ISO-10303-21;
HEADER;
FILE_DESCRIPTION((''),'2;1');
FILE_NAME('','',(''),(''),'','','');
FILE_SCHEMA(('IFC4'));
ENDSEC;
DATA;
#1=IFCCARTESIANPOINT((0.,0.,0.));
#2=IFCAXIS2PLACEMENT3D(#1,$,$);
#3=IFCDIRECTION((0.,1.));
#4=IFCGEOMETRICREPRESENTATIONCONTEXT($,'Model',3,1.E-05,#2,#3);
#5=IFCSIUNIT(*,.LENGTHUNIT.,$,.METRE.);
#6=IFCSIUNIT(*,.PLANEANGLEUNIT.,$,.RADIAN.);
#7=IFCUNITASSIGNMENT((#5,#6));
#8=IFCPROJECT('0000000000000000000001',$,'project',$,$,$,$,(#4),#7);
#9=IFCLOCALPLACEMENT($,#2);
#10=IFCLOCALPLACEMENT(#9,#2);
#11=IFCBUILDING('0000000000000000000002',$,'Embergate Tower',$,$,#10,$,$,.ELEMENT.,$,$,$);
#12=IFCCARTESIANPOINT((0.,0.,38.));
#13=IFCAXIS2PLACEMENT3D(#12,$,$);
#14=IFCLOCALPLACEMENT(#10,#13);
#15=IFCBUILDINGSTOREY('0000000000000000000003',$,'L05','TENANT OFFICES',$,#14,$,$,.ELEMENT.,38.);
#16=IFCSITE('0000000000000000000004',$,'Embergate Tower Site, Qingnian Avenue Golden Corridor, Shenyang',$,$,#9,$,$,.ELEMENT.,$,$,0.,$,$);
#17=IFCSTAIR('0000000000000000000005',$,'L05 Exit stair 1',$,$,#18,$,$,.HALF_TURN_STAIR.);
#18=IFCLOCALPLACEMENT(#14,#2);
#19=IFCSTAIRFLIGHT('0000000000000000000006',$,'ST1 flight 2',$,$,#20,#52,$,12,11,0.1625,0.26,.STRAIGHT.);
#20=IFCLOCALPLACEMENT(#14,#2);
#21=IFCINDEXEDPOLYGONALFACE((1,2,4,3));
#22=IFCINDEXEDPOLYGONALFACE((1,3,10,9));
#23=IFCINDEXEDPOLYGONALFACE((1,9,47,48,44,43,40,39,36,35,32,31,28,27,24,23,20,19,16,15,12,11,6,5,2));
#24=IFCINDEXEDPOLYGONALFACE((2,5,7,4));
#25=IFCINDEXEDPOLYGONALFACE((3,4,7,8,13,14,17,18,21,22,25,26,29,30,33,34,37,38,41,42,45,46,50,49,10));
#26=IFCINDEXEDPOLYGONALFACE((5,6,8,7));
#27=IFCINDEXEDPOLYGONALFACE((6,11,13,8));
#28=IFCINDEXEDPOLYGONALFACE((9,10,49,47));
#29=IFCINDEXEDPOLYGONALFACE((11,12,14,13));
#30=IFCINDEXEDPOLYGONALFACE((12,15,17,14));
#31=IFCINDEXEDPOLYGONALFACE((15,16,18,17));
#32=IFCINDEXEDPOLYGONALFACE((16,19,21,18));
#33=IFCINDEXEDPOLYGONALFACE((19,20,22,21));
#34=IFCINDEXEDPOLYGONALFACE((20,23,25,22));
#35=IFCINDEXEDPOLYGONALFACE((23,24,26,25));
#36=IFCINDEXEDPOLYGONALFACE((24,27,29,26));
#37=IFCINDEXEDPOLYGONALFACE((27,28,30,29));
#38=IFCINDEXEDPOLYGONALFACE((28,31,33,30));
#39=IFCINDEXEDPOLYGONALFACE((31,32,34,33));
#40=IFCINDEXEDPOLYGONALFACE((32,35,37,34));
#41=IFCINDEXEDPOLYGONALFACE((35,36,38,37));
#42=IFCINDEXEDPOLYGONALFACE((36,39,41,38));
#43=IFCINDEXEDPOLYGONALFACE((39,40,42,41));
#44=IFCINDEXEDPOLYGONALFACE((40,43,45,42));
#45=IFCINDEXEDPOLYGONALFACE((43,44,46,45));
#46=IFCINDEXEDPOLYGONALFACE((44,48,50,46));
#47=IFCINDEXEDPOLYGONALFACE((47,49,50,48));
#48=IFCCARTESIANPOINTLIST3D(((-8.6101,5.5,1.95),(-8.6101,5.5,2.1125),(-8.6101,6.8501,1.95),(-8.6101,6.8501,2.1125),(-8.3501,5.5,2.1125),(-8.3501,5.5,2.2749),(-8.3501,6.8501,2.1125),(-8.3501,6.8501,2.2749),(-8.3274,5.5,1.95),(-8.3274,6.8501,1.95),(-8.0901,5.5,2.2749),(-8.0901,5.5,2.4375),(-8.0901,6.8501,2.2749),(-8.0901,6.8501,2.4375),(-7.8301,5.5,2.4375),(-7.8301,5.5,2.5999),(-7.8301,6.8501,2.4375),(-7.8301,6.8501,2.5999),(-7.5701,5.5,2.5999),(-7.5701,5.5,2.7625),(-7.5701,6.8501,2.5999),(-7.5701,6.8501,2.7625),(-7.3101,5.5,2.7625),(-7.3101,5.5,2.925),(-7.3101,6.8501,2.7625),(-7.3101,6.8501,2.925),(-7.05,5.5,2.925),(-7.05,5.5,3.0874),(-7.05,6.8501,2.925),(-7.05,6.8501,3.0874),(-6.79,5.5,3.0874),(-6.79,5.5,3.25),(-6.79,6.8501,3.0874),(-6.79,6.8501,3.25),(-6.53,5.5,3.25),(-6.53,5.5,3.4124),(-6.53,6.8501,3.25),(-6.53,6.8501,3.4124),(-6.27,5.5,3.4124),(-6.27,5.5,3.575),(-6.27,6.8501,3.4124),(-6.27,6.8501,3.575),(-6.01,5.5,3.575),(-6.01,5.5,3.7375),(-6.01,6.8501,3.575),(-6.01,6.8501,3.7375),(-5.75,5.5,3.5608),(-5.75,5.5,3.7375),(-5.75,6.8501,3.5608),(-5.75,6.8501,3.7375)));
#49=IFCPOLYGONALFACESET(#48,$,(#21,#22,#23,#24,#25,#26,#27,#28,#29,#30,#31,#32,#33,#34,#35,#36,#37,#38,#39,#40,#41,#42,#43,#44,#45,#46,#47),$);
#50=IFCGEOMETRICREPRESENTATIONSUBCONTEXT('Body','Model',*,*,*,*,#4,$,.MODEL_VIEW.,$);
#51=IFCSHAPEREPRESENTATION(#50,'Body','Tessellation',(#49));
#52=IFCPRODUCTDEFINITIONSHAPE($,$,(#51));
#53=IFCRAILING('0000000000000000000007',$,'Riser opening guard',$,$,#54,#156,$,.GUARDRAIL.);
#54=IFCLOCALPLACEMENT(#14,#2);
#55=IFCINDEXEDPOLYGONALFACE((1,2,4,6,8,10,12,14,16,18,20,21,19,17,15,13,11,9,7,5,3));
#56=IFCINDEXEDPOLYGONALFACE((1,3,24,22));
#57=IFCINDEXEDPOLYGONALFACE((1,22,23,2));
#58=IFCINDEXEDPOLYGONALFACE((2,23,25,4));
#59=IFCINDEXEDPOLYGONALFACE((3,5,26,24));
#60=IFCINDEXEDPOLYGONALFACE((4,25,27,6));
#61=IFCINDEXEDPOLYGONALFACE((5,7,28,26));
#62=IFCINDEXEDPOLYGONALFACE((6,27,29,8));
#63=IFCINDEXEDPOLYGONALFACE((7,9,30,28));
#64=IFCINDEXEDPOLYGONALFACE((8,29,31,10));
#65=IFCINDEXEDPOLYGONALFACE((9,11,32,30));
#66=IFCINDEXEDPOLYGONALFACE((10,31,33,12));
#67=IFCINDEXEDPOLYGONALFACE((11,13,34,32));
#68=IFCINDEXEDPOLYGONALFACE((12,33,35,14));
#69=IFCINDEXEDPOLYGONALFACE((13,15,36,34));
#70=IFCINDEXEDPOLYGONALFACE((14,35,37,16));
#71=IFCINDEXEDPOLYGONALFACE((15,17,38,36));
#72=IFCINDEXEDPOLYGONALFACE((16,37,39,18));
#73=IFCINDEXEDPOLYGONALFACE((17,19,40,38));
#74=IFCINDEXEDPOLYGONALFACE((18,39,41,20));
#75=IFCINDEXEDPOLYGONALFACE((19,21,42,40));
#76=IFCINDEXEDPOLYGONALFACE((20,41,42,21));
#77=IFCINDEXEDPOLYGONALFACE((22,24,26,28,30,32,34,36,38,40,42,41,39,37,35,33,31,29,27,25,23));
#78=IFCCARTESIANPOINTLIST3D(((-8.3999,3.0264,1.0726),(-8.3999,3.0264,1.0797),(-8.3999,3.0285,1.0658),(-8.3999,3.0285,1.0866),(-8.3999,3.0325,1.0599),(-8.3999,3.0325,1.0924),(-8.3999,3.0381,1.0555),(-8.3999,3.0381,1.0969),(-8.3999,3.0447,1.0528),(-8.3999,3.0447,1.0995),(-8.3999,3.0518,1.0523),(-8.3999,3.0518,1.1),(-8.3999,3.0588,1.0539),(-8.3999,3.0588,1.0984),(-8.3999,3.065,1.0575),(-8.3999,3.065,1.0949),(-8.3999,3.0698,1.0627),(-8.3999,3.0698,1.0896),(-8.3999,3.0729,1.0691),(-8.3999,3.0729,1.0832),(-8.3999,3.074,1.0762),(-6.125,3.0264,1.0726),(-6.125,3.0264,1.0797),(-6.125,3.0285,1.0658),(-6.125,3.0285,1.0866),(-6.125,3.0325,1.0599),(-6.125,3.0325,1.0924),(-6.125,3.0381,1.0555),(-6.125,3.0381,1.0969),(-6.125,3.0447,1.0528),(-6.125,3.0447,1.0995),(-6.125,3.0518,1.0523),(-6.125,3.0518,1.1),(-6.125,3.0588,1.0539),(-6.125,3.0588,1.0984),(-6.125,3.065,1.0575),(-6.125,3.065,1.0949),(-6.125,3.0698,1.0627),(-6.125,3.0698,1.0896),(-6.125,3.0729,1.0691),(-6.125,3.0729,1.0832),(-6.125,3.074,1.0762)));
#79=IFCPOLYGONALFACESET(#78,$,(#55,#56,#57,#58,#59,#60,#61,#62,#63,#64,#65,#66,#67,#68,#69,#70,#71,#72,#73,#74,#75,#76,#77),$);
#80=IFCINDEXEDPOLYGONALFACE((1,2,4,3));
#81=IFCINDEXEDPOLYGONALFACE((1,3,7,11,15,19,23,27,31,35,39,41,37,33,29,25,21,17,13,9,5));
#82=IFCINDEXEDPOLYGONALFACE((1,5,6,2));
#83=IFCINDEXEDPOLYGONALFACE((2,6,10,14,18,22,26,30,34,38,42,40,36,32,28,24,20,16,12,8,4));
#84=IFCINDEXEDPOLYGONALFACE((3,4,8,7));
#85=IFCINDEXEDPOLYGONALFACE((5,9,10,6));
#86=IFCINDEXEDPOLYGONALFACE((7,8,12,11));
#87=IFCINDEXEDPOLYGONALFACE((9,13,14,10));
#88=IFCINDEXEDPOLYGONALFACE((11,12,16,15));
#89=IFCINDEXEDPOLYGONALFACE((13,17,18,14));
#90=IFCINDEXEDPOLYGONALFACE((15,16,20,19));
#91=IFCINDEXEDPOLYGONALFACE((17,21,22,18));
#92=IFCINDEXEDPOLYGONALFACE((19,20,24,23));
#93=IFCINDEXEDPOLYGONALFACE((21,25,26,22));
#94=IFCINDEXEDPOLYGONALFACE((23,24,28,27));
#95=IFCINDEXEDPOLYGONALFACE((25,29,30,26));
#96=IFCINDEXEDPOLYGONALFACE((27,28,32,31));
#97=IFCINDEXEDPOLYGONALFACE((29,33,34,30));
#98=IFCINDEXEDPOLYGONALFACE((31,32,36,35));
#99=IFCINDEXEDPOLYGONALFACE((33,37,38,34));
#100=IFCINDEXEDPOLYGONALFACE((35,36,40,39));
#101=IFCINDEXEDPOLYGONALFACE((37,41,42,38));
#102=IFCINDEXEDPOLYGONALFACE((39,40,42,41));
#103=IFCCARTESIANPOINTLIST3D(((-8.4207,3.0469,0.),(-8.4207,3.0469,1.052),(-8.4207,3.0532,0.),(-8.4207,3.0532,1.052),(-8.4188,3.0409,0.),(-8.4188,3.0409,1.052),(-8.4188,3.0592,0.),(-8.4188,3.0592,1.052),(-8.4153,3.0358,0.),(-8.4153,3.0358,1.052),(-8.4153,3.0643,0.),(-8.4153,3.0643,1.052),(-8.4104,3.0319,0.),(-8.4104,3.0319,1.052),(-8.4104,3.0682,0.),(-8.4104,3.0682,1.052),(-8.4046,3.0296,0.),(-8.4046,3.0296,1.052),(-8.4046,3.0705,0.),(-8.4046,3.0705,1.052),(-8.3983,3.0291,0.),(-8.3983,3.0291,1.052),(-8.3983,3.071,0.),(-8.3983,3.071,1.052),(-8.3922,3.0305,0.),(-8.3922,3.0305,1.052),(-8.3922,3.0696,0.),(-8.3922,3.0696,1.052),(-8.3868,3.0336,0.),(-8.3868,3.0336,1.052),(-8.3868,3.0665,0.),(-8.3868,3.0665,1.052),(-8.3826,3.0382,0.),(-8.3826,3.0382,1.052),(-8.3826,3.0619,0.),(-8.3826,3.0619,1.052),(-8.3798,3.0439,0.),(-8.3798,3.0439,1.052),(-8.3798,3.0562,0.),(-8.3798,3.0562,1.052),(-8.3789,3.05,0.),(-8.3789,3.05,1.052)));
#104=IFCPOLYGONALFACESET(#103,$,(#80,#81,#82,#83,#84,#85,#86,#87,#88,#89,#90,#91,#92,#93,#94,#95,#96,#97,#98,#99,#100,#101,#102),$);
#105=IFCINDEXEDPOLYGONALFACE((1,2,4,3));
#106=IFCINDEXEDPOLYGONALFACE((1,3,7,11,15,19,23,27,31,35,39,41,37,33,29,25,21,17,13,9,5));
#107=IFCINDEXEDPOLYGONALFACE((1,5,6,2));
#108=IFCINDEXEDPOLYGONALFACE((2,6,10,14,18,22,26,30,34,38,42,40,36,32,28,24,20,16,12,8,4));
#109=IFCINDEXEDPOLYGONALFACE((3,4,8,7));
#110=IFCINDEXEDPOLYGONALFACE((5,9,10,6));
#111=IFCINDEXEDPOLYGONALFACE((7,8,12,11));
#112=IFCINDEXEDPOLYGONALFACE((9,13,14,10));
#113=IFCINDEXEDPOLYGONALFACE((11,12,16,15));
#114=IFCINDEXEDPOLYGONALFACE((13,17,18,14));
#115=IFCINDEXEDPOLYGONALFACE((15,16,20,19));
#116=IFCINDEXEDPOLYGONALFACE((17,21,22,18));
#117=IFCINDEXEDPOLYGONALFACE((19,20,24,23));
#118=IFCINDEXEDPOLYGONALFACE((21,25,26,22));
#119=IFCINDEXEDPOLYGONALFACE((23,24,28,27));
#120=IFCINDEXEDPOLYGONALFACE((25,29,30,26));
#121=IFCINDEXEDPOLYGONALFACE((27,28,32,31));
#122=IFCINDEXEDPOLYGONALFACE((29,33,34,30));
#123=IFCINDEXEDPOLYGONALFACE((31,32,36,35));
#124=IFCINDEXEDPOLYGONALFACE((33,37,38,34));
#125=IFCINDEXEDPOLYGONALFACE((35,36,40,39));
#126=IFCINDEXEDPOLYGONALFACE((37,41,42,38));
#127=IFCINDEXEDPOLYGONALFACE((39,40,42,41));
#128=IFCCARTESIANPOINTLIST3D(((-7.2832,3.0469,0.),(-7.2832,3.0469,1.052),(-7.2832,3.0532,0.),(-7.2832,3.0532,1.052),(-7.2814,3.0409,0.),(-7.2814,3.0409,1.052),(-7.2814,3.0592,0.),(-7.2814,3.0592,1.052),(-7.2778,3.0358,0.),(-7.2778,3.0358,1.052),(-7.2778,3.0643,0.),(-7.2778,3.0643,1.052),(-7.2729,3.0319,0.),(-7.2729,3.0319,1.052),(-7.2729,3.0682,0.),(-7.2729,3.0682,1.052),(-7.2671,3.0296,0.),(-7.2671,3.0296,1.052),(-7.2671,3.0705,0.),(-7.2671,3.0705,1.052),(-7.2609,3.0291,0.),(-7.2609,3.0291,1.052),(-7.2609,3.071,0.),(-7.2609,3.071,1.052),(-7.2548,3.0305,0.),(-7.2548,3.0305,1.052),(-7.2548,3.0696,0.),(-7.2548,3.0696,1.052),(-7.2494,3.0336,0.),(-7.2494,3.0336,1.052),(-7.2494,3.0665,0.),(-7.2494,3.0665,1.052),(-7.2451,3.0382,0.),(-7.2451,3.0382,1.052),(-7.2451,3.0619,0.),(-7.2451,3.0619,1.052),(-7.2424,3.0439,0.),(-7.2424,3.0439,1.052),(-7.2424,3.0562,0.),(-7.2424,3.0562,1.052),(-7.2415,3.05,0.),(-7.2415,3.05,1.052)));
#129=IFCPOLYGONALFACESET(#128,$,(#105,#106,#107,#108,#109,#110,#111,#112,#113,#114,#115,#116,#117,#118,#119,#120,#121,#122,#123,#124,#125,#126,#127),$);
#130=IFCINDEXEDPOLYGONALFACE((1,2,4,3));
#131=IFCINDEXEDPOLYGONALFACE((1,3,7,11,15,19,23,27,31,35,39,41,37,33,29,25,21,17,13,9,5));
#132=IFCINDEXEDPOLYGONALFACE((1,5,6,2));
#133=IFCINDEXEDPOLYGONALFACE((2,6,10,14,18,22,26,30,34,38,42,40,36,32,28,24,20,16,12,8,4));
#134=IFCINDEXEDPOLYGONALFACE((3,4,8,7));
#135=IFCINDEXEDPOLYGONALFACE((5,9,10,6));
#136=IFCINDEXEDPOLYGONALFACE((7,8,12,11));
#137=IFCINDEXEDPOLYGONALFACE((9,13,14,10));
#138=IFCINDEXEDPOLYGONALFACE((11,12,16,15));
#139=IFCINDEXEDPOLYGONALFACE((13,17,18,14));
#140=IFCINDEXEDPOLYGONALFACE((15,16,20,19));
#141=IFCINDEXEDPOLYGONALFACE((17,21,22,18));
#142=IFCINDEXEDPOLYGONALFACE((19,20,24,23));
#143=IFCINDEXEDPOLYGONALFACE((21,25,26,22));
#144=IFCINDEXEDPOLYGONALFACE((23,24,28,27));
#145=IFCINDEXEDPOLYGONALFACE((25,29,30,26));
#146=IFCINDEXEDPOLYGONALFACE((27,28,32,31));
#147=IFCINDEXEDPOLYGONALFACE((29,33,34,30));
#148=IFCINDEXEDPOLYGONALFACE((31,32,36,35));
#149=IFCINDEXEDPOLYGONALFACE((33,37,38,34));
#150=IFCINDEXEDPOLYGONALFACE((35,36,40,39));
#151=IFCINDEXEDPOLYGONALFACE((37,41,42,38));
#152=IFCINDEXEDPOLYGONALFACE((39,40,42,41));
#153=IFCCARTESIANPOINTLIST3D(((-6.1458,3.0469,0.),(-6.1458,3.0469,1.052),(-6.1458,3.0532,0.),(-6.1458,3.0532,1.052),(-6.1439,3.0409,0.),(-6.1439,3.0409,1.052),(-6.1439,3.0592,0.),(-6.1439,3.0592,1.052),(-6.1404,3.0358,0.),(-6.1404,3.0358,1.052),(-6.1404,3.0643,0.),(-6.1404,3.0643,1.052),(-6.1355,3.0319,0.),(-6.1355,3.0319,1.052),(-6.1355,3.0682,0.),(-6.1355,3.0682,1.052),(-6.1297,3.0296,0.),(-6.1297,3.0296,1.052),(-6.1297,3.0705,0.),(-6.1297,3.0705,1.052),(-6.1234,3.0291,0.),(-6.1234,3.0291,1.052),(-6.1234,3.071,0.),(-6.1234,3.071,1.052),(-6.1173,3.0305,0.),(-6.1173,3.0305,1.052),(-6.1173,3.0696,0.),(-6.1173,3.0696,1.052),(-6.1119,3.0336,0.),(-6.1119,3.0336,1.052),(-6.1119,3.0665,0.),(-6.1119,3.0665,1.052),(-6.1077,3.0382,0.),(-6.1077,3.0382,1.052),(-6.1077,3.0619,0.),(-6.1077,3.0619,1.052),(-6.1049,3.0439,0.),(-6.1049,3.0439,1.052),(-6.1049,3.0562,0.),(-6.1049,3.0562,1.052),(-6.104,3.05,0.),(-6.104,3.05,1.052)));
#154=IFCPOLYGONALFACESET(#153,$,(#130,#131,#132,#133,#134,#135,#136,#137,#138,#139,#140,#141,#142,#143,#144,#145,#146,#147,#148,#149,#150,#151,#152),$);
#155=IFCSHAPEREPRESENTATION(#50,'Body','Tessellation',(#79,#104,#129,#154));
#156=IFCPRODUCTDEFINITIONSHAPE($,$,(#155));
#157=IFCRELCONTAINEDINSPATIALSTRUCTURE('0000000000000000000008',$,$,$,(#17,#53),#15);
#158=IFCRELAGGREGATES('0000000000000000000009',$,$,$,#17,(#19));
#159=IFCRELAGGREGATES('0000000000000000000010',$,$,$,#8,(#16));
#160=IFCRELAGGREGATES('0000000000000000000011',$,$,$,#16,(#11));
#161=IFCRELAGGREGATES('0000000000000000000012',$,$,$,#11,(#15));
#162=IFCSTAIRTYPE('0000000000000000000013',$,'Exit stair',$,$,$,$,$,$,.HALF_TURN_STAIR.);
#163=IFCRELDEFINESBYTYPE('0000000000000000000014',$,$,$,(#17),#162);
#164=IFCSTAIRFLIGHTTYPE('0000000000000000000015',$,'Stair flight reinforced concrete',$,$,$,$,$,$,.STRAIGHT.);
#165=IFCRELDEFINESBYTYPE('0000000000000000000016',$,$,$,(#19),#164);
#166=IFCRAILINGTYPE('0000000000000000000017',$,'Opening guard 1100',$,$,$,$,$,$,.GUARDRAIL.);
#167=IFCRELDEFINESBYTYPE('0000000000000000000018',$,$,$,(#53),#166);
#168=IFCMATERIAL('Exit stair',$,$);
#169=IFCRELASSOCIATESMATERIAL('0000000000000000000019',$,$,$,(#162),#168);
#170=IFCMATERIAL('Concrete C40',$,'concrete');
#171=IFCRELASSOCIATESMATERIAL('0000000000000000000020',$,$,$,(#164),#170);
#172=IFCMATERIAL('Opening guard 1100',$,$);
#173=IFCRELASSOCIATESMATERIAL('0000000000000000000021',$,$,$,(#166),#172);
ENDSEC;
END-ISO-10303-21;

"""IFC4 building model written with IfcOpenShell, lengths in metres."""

from ifc_helpers import new_model, si_unit, direction, frame, origin, origin_2d, place, context, subcontext, project, spatial, polyline, circle, outline, extrude, source, transform, mapped, material, type_object, element, aggregate, save


model = new_model("IFC4")

# Units and contexts
model_context = context("Model", 3, precision=1e-05, world=origin(), true_north=direction((0.0, 1.0)))
body_context = subcontext(model_context, "Body", "Model", "MODEL_VIEW")
ifc_project = project(units=[si_unit("LENGTHUNIT", "METRE"), si_unit("PLANEANGLEUNIT", "RADIAN")], contexts=[model_context])

# Site, building, storey
site_placement = place(None, origin())
site = spatial("IfcSite", under=ifc_project, at=site_placement, Name="Embergate Tower Site, Qingnian Avenue Golden Corridor, Shenyang", CompositionType="ELEMENT", RefElevation=0.0)
building_placement = place(site_placement, origin())
building = spatial("IfcBuilding", under=site, at=building_placement, Name="Embergate Tower", CompositionType="ELEMENT")
storey_placement = place(building_placement, frame((0.0, 0.0, 38.0)))
storey = spatial("IfcBuildingStorey", under=building, at=storey_placement, Name="L05", Description="TENANT OFFICES", CompositionType="ELEMENT", Elevation=38.0)

# Stair
ifc_material_1 = material(Name="Exit stair")
stair_type = type_object("IfcStairType", Name="Exit stair", PredefinedType="HALF_TURN_STAIR", material=ifc_material_1)
stair_placement = place(storey_placement, origin())
stair = element("IfcStair", 1, at=stair_placement, inside=storey, type_object=stair_type, Name="L05 Exit stair 1", PredefinedType="HALF_TURN_STAIR")
ifc_material_2 = material(Name="Concrete C40", Category="concrete")

# Stair flight
stair_flight_type = type_object("IfcStairFlightType", Name="Stair flight reinforced concrete", PredefinedType="STRAIGHT", material=ifc_material_2)
shared_shape_1 = source(origin(), body_context, "Body", "SweptSolid", [
    extrude(outline(polyline([(0.0, 0.0), (0.0, 0.1626), (0.26, 0.1626), (0.26, 0.325), (0.52, 0.325), (0.52, 0.4875), (0.78, 0.4875), (0.78, 0.6499), (1.04, 0.6499), (1.04, 0.8125), (1.3, 0.8125), (1.3, 0.9751), (1.5601, 0.9751), (1.5601, 1.1375), (1.8201, 1.1375), (1.8201, 1.3), (2.0801, 1.3), (2.0801, 1.4624), (2.3401, 1.4624), (2.3401, 1.625), (2.6001, 1.625), (2.6001, 1.7876), (2.8601, 1.7876), (2.8601, 1.95), (2.8601, 1.6108), (0.2827, 0.0), (0.0, 0.0)])), frame((0.0, 0.675, 0.0), z_axis=(0.0, -1.0, 0.0), x_axis=(1.0, 0.0, 0.0)), (0.0, 0.0, 1.0), 1.3501),
])
stair_flight_placement = place(storey_placement, frame((-8.6101, 6.175, 1.95), z_axis=(0.0, 0.0, 1.0), x_axis=(1.0, 0.0, 0.0)))
stair_flight = element("IfcStairFlight", 2, at=stair_flight_placement, type_object=stair_flight_type, Name="ST1 flight 2", NumberOfRisers=12, NumberOfTreads=11, PredefinedType="STRAIGHT", RiserHeight=0.1625, TreadLength=0.26, context=body_context, shape_type="MappedRepresentation", body=[
    mapped(shared_shape_1, transform((0.0, 0.0, 0.0))),
])
aggregate(stair, [stair_flight])

# Railing
ifc_material_3 = material(Name="Opening guard 1100")
railing_type = type_object("IfcRailingType", Name="Opening guard 1100", PredefinedType="GUARDRAIL", material=ifc_material_3)
shared_shape_2 = source(origin(), body_context, "Body", "SweptSolid", [
    extrude(circle(Radius=0.0239, at=origin_2d()), frame((0.0, 0.0, 1.0762), z_axis=(1.0, 0.0, 0.0), x_axis=(0.0, 1.0, 0.0)), (0.0, 0.0, 1.0), 2.2749),
    extrude(circle(Radius=0.021, at=origin_2d()), origin(), (0.0, 0.0, 1.0), 1.052),
    extrude(circle(Radius=0.021, at=origin_2d()), frame((1.1375, 0.0, 0.0)), (0.0, 0.0, 1.0), 1.052),
    extrude(circle(Radius=0.021, at=origin_2d()), frame((2.2749, 0.0, 0.0)), (0.0, 0.0, 1.0), 1.052),
])
railing_placement = place(storey_placement, frame((-8.3999, 3.05, 0.0)))
element("IfcRailing", 3, at=railing_placement, inside=storey, type_object=railing_type, Name="Riser opening guard", PredefinedType="GUARDRAIL", context=body_context, shape_type="MappedRepresentation", body=[
    mapped(shared_shape_2, transform((0.0, 0.0, 0.0))),
])

save(model, "model.ifc")
